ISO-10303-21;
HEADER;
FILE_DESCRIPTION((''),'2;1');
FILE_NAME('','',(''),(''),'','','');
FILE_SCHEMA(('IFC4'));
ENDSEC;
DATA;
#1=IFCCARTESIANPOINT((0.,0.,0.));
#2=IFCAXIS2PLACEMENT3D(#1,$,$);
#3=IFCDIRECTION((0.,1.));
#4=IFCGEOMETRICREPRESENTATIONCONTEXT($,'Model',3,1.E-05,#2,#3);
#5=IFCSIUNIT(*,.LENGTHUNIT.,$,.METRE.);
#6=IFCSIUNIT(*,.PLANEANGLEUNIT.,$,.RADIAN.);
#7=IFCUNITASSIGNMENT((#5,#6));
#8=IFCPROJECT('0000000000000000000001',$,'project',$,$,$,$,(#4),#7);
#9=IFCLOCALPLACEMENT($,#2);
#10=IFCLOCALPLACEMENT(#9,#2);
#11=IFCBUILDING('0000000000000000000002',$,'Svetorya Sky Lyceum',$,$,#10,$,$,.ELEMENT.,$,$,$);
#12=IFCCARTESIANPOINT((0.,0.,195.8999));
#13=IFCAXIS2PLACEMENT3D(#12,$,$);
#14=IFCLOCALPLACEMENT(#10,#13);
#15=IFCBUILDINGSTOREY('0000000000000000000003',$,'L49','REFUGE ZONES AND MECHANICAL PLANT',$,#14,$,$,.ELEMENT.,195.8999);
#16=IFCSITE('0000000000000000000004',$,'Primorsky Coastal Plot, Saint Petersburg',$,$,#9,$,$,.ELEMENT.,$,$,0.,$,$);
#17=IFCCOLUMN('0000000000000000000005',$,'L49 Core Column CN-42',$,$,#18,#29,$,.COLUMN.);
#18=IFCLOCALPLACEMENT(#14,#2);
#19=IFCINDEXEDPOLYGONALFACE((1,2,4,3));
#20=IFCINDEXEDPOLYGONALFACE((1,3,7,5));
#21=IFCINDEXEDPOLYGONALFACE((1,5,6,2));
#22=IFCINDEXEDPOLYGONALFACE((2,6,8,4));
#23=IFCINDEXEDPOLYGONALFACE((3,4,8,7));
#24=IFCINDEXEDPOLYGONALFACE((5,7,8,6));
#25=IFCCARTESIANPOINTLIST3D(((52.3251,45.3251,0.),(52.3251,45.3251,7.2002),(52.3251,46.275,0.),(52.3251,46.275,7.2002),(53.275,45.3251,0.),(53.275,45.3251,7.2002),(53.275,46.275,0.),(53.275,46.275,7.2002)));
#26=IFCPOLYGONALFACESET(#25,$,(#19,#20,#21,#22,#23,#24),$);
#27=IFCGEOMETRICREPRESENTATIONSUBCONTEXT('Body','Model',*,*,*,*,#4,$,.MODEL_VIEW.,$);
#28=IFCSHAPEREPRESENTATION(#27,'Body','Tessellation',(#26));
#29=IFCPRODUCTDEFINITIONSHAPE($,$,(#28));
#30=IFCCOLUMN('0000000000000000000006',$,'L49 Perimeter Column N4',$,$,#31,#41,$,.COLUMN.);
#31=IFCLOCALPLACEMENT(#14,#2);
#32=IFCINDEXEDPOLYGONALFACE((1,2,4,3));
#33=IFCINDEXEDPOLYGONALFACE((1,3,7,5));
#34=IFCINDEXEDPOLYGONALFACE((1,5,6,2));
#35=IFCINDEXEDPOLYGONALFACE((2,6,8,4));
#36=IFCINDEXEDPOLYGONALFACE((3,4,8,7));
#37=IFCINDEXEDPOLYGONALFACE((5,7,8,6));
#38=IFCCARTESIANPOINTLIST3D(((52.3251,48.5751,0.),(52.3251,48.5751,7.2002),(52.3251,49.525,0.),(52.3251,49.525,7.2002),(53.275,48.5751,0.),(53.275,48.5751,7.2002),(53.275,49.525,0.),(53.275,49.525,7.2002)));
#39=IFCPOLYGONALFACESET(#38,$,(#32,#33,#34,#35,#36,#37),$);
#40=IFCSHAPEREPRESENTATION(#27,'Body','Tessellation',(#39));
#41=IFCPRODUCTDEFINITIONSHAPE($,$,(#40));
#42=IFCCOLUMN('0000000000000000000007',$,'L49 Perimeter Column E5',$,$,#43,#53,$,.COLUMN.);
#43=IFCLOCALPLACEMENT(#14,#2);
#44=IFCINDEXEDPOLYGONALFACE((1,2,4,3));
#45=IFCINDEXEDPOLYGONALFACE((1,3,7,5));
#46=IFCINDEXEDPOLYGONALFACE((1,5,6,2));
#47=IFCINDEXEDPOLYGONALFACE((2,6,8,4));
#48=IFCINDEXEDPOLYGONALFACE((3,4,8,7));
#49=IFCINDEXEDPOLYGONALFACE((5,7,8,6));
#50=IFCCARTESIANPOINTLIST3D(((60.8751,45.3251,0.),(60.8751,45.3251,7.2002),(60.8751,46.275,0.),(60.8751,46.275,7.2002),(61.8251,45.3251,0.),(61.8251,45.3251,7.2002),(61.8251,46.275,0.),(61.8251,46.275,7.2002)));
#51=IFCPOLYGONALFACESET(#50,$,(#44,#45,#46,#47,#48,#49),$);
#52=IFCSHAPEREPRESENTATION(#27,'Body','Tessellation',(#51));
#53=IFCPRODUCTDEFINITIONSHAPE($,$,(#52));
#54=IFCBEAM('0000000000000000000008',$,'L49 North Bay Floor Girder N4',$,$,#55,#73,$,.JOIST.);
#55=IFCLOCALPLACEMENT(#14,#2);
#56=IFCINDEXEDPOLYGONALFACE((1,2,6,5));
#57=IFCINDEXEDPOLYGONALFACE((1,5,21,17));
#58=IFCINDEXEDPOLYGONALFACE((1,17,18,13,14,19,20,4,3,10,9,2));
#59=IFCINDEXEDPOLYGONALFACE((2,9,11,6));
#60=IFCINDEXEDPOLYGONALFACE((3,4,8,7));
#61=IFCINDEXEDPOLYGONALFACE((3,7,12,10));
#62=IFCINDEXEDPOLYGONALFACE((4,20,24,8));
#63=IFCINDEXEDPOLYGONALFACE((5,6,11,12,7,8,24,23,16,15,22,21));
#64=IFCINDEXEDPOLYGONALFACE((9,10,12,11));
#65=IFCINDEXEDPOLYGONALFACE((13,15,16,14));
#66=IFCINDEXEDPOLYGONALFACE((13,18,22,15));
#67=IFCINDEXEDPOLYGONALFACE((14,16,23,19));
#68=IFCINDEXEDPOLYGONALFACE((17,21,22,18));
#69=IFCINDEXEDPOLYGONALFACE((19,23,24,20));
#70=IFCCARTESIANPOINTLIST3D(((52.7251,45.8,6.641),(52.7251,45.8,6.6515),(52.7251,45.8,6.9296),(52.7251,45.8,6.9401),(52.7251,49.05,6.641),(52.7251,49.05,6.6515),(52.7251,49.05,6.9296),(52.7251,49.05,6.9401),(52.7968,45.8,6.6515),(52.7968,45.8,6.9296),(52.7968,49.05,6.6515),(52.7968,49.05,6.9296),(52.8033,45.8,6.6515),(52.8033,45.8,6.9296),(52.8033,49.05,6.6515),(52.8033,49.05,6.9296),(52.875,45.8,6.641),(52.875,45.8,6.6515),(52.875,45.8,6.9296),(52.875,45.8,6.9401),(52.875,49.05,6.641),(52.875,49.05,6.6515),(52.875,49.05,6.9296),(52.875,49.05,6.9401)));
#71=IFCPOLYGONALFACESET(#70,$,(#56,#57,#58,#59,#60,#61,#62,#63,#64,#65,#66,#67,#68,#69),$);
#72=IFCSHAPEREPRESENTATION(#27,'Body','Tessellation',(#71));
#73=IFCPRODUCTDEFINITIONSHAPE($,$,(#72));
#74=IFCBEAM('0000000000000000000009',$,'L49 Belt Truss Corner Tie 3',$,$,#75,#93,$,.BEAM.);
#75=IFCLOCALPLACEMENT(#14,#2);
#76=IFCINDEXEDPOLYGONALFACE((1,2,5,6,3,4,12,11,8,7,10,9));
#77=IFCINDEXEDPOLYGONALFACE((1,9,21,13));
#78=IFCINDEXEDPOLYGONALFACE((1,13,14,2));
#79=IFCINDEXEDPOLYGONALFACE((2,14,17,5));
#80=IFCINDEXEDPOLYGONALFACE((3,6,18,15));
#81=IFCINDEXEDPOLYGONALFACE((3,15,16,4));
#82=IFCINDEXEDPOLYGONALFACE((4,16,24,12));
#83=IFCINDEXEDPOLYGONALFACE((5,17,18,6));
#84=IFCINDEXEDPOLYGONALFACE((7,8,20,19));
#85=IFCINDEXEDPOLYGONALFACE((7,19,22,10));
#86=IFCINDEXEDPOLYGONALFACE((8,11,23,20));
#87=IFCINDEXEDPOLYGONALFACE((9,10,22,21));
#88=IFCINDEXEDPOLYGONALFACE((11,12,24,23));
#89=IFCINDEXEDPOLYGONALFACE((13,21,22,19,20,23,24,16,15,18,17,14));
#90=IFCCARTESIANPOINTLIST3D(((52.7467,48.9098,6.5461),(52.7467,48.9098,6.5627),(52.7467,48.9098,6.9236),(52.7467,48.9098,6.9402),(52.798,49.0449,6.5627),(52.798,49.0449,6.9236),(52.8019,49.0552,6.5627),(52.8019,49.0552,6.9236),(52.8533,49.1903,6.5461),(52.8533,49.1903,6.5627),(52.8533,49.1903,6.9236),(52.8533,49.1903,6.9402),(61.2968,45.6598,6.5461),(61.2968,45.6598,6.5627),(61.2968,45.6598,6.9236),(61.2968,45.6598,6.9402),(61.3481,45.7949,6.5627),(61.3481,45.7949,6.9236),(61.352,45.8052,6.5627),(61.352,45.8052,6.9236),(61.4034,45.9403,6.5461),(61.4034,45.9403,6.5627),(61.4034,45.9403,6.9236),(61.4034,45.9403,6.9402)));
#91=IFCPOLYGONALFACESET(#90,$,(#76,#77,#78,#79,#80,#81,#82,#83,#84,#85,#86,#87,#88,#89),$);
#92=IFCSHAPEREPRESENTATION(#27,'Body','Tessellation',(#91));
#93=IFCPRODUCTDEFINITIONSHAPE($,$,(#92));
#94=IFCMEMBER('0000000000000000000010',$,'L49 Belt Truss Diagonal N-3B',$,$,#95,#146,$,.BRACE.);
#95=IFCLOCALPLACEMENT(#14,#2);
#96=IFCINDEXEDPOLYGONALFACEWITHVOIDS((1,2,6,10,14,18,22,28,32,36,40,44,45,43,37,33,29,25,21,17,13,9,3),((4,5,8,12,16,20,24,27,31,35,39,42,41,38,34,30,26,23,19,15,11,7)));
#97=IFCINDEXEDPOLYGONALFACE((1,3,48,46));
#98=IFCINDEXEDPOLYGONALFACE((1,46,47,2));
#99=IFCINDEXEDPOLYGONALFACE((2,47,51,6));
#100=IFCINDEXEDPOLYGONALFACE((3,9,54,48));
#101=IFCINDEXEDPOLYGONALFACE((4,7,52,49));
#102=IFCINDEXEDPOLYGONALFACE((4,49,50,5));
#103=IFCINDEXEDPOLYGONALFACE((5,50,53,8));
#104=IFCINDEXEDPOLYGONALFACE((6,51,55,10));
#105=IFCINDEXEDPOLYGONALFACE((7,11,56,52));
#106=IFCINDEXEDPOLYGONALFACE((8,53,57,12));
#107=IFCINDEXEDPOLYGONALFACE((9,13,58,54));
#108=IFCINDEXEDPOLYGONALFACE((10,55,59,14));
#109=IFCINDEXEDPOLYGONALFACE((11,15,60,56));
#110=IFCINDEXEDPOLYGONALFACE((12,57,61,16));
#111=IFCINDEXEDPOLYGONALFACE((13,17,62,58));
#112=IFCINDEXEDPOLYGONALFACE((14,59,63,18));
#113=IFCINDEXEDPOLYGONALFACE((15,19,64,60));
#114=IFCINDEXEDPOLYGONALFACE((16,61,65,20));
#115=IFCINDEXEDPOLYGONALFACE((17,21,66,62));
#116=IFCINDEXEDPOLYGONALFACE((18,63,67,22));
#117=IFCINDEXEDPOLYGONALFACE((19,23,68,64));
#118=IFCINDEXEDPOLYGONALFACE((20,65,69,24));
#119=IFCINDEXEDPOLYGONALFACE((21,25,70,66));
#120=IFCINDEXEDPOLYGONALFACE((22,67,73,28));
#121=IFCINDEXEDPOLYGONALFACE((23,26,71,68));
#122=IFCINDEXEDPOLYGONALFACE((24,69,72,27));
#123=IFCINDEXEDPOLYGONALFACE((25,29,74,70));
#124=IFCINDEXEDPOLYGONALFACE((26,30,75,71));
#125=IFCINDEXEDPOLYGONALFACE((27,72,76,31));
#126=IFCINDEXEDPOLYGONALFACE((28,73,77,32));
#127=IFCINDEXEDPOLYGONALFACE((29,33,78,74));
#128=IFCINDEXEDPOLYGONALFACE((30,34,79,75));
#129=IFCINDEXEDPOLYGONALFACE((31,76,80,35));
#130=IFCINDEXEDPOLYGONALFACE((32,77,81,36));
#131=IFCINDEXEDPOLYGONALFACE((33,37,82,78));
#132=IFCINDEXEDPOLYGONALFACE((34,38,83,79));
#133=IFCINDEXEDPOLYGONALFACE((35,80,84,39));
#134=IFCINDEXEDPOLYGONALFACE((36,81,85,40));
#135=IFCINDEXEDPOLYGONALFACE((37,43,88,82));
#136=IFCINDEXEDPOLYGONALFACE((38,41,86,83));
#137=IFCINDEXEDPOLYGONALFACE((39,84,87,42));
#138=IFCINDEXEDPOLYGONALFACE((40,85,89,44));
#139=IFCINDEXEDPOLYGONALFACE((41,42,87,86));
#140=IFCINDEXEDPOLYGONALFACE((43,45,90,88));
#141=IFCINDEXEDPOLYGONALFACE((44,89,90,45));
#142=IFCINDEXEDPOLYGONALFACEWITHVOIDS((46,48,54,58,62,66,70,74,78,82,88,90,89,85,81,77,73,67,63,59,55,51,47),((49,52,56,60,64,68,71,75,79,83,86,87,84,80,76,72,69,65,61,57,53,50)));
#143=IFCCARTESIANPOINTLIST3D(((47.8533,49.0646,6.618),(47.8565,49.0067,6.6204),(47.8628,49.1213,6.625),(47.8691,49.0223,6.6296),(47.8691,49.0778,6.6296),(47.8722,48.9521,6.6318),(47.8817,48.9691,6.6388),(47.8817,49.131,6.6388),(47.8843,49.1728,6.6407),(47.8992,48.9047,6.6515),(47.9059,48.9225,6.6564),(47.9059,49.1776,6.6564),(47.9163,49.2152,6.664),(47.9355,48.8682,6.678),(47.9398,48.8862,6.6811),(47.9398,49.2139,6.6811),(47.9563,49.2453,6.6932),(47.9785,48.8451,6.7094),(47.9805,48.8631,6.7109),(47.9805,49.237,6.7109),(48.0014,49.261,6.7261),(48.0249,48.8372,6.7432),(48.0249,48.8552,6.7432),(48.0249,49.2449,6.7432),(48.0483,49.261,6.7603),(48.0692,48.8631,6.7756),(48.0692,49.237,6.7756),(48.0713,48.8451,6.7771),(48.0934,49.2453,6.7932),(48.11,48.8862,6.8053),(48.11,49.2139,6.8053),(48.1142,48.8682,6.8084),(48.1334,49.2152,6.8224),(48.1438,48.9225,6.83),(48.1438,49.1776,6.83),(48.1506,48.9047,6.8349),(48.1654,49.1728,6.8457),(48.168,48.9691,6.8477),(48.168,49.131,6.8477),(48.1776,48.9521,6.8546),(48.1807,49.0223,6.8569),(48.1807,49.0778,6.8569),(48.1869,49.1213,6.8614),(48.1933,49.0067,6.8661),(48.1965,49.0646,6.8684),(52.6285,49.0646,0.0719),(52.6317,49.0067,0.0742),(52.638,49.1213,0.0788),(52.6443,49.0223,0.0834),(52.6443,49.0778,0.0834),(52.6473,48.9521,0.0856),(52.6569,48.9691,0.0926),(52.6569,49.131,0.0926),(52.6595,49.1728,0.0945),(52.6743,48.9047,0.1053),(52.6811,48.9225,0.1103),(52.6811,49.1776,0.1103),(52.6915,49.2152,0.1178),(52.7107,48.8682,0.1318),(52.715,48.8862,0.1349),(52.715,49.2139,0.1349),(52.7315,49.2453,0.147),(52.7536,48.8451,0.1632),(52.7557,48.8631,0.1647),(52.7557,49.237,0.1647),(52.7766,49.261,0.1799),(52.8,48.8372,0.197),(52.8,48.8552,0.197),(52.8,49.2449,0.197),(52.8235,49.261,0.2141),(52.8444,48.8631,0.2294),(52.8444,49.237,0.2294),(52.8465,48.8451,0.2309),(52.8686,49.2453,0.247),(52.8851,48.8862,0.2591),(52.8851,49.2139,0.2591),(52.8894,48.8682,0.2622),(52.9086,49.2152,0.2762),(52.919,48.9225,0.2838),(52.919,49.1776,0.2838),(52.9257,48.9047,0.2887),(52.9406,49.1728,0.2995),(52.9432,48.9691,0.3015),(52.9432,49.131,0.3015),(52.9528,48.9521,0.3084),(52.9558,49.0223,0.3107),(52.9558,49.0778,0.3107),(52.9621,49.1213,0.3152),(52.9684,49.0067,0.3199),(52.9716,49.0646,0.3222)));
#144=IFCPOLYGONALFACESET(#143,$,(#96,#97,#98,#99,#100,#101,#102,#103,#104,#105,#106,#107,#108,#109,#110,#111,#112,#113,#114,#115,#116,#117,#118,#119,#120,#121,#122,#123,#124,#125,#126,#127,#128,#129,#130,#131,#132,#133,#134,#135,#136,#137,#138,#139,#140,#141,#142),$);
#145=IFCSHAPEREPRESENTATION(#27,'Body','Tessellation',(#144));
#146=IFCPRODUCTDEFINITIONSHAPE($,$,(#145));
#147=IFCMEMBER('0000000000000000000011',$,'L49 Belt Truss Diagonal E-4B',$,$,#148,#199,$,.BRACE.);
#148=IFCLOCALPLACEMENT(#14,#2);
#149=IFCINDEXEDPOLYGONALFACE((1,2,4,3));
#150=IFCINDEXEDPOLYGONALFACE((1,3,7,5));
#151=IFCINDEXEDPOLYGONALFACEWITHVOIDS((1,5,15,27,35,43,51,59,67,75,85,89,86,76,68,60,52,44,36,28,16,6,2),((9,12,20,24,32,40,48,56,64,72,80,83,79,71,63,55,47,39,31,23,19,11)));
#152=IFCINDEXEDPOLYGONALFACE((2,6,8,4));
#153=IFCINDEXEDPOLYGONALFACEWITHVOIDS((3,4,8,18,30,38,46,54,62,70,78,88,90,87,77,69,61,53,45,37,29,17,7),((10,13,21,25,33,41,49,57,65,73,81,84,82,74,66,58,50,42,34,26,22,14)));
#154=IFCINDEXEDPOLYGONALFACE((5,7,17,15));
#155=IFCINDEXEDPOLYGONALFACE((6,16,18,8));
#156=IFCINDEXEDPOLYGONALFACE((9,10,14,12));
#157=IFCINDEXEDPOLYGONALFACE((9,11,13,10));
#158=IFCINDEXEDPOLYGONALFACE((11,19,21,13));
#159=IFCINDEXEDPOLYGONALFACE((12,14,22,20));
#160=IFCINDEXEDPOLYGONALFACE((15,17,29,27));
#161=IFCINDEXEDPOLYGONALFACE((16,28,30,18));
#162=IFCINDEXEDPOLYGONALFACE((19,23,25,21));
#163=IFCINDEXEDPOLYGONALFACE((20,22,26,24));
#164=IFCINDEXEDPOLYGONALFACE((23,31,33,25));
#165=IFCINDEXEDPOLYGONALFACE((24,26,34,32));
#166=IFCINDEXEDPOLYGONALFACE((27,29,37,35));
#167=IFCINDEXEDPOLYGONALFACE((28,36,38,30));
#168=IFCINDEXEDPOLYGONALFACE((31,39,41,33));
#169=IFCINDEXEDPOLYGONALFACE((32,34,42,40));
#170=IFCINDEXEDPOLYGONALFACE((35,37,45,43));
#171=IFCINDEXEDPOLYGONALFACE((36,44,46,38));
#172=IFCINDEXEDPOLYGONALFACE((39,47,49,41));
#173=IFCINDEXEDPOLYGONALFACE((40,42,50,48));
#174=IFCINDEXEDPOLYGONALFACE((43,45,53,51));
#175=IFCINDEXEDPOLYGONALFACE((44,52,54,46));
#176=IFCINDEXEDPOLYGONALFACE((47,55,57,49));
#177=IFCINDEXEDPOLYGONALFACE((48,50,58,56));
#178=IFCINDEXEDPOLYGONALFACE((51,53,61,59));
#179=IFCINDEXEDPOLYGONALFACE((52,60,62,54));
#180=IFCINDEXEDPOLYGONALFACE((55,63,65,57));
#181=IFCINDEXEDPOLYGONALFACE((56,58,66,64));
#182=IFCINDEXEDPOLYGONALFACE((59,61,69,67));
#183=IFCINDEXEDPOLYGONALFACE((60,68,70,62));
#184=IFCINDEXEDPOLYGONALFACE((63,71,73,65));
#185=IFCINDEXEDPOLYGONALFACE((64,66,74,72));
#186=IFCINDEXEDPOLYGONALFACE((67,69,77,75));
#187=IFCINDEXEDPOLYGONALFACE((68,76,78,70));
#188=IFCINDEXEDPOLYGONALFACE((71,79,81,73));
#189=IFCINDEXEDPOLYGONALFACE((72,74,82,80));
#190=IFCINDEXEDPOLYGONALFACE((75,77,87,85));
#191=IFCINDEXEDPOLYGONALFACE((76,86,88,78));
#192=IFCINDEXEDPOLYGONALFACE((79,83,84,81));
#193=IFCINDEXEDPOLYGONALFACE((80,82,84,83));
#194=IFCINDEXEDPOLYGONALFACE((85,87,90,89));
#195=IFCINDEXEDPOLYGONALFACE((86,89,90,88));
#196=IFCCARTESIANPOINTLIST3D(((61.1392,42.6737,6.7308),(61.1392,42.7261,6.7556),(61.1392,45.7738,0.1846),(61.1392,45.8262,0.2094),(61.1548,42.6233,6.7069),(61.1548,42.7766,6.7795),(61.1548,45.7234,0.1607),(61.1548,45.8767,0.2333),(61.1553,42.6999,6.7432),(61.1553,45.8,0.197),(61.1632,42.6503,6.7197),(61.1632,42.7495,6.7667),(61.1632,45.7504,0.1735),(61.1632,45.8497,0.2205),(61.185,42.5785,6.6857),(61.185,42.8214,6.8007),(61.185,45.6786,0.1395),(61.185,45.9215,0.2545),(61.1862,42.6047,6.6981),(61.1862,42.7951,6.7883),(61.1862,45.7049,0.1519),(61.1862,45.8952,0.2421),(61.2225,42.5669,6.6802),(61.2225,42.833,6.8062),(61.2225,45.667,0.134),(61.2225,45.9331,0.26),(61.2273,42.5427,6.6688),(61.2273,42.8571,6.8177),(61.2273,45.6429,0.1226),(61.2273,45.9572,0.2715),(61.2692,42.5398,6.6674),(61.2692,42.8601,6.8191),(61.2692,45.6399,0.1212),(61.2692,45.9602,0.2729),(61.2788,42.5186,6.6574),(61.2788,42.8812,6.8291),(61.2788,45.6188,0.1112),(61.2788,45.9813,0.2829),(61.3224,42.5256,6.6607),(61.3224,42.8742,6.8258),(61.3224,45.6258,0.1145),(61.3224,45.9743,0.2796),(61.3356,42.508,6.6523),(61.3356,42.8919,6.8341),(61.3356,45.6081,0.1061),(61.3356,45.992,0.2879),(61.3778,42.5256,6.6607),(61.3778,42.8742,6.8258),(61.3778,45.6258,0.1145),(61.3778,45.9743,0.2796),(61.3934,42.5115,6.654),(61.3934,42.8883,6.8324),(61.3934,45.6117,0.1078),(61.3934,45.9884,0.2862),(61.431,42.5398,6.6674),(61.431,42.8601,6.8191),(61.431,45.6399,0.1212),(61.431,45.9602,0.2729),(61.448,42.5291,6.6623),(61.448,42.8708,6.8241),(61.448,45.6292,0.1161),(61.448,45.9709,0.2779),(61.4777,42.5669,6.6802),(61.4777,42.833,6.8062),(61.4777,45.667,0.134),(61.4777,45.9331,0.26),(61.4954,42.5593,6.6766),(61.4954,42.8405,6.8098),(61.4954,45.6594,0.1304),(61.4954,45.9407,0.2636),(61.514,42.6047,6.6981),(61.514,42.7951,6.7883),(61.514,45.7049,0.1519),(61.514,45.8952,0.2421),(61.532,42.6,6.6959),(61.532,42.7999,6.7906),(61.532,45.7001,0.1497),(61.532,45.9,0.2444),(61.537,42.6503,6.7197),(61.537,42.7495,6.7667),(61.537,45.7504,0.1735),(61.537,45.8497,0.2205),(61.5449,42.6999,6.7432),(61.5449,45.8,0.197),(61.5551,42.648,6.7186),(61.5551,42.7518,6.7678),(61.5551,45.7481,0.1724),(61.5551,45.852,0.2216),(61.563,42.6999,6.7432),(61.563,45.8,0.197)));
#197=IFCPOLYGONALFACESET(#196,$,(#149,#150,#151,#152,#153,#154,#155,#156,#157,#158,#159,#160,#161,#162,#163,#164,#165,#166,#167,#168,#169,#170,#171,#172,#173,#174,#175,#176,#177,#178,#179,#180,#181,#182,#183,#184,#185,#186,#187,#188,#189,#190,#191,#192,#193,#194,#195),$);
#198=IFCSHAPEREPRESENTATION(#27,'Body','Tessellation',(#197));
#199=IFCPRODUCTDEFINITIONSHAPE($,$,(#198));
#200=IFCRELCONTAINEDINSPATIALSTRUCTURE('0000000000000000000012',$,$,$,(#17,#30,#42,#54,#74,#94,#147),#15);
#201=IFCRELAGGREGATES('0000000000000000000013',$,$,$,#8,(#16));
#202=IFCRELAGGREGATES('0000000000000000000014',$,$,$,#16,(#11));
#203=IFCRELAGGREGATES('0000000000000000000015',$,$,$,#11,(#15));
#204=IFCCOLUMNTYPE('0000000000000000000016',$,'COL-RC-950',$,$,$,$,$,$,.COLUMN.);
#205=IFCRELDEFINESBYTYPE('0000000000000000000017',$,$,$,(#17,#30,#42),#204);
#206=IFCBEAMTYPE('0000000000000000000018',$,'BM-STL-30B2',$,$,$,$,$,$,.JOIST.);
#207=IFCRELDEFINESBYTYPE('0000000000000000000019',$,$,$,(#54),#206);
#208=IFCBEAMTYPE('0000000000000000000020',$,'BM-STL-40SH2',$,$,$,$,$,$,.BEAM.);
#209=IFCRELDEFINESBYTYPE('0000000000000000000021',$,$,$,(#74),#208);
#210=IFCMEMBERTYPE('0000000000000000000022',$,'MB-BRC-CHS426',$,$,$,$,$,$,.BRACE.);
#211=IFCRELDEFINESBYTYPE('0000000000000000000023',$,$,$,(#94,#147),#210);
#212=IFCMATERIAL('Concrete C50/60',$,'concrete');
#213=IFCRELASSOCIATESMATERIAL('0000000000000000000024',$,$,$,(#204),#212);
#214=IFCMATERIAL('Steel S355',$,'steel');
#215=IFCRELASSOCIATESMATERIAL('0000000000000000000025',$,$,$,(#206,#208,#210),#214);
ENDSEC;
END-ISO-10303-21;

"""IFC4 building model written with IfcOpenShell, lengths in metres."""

from ifc_helpers import new_model, si_unit, direction, frame, origin, origin_2d, place, context, subcontext, project, spatial, rectangle, hollow_circle, i_section, extrude, material, material_profile, profile_set, type_object, element, save


model = new_model("IFC4")

# Units and contexts
model_context = context("Model", 3, precision=1e-05, world=origin(), true_north=direction((0.0, 1.0)))
body_context = subcontext(model_context, "Body", "Model", "MODEL_VIEW")
ifc_project = project(units=[si_unit("LENGTHUNIT", "METRE"), si_unit("PLANEANGLEUNIT", "RADIAN")], contexts=[model_context])

# Site, building, storey
site_placement = place(None, origin())
site = spatial("IfcSite", under=ifc_project, at=site_placement, Name="Primorsky Coastal Plot, Saint Petersburg", CompositionType="ELEMENT", RefElevation=0.0)
building_placement = place(site_placement, origin())
building = spatial("IfcBuilding", under=site, at=building_placement, Name="Svetorya Sky Lyceum", CompositionType="ELEMENT")
storey_placement = place(building_placement, frame((0.0, 0.0, 195.8999)))
storey = spatial("IfcBuildingStorey", under=building, at=storey_placement, Name="L49", Description="REFUGE ZONES AND MECHANICAL PLANT", CompositionType="ELEMENT", Elevation=195.8999)

# Columns
ifc_material_1 = material(Name="Concrete C50/60", Category="concrete")
ifc_material_profile_1 = material_profile(ifc_material_1, rectangle(XDim=0.95, YDim=0.95, at=origin_2d()), Name="RC COL 950x950")
ifc_profile_set_1 = profile_set([ifc_material_profile_1], Name="Concrete C50/60")
column_type = type_object("IfcColumnType", Name="COL-RC-950", PredefinedType="COLUMN", material=ifc_profile_set_1)
for number, where, z_axis, x_axis, name in (
    (1, (52.8, 45.8, 0.0), (0.0, 0.0, 1.0), (1.0, 0.0, 0.0), "L49 Core Column CN-42"),
    (2, (52.8, 49.05, 0.0), (0.0, 0.0, 1.0), (1.0, 0.0, 0.0), "L49 Perimeter Column N4"),
    (3, (61.3501, 45.8, 0.0), (0.0, 0.0, 1.0), (1.0, 0.0, 0.0), "L49 Perimeter Column E5"),
):
    element("IfcColumn", number, at=place(storey_placement, frame(where, z_axis=z_axis, x_axis=x_axis)), inside=storey, type_object=column_type, Name=name, PredefinedType="COLUMN", context=body_context, shape_type="SweptSolid", body=[
        extrude(rectangle(XDim=0.95, YDim=0.95, at=origin_2d()), origin(), (0.0, 0.0, 1.0), 7.2002),
    ])

# Beams
ifc_material_2 = material(Name="Steel S355", Category="steel")
ifc_material_profile_2 = material_profile(ifc_material_2, i_section(OverallWidth=0.1499, OverallDepth=0.2991, WebThickness=0.0066, FlangeThickness=0.0105, at=origin_2d()), Name="GOST 30B2")
ifc_profile_set_2 = profile_set([ifc_material_profile_2], Name="Steel S355")
beam_type_1 = type_object("IfcBeamType", Name="BM-STL-30B2", PredefinedType="JOIST", material=ifc_profile_set_2)
beam_1_placement = place(storey_placement, frame((52.8, 45.8, 6.7905), z_axis=(0.0, 1.0, 0.0), x_axis=(-1.0, 0.0, 0.0)))
element("IfcBeam", 4, at=beam_1_placement, inside=storey, type_object=beam_type_1, Name="L49 North Bay Floor Girder N4", PredefinedType="JOIST", context=body_context, shape_type="SweptSolid", body=[
    extrude(i_section(OverallWidth=0.1499, OverallDepth=0.2991, WebThickness=0.0066, FlangeThickness=0.0105, at=origin_2d()), origin(), (0.0, 0.0, 1.0), 3.25),
])
ifc_material_profile_3 = material_profile(ifc_material_2, i_section(OverallWidth=0.3, OverallDepth=0.394, WebThickness=0.011, FlangeThickness=0.0166, at=origin_2d()), Name="GOST 40Sh2")
ifc_profile_set_3 = profile_set([ifc_material_profile_3], Name="Steel S355")
beam_type_2 = type_object("IfcBeamType", Name="BM-STL-40SH2", PredefinedType="BEAM", material=ifc_profile_set_3)
beam_2_placement = place(storey_placement, frame((61.3501, 45.8, 6.7432), z_axis=(-0.934748, 0.355312, 0.0), x_axis=(-0.355312, -0.934748, 0.0)))
element("IfcBeam", 5, at=beam_2_placement, inside=storey, type_object=beam_type_2, Name="L49 Belt Truss Corner Tie 3", PredefinedType="BEAM", context=body_context, shape_type="SweptSolid", body=[
    extrude(i_section(OverallWidth=0.3, OverallDepth=0.394, WebThickness=0.011, FlangeThickness=0.0166, at=origin_2d()), origin(), (0.0, 0.0, 1.0), 9.147),
])

# Members
ifc_material_profile_4 = material_profile(ifc_material_2, hollow_circle(Radius=0.2129, WallThickness=0.0181, at=origin_2d()), Name="CHS 426x18")
ifc_profile_set_4 = profile_set([ifc_material_profile_4], Name="Steel S355")
member_type_1 = type_object("IfcMemberType", Name="MB-BRC-CHS426", PredefinedType="BRACE", material=ifc_profile_set_4)
member_1_placement = place(storey_placement, frame((52.8, 49.05, 0.197), z_axis=(-0.589327, 0.0, 0.807895), x_axis=(0.0, -1.0, 0.0)))
element("IfcMember", 6, at=member_1_placement, inside=storey, type_object=member_type_1, Name="L49 Belt Truss Diagonal N-3B", PredefinedType="BRACE", context=body_context, shape_type="SweptSolid", body=[
    extrude(hollow_circle(Radius=0.2129, WallThickness=0.0181, at=origin_2d()), origin(), (0.0, 0.0, 1.0), 8.1028),
])
member_2_placement = place(storey_placement, frame((61.3501, 45.8, 0.197), z_axis=(0.0, -0.428007, 0.903776), x_axis=(1.0, 0.0, 0.0)))
element("IfcMember", 7, at=member_2_placement, inside=storey, type_object=member_type_1, Name="L49 Belt Truss Diagonal E-4B", PredefinedType="BRACE", context=body_context, shape_type="SweptSolid", body=[
    extrude(hollow_circle(Radius=0.2129, WallThickness=0.0181, at=origin_2d()), origin(), (0.0, 0.0, 1.0), 7.2432),
])

save(model, "model.ifc")
